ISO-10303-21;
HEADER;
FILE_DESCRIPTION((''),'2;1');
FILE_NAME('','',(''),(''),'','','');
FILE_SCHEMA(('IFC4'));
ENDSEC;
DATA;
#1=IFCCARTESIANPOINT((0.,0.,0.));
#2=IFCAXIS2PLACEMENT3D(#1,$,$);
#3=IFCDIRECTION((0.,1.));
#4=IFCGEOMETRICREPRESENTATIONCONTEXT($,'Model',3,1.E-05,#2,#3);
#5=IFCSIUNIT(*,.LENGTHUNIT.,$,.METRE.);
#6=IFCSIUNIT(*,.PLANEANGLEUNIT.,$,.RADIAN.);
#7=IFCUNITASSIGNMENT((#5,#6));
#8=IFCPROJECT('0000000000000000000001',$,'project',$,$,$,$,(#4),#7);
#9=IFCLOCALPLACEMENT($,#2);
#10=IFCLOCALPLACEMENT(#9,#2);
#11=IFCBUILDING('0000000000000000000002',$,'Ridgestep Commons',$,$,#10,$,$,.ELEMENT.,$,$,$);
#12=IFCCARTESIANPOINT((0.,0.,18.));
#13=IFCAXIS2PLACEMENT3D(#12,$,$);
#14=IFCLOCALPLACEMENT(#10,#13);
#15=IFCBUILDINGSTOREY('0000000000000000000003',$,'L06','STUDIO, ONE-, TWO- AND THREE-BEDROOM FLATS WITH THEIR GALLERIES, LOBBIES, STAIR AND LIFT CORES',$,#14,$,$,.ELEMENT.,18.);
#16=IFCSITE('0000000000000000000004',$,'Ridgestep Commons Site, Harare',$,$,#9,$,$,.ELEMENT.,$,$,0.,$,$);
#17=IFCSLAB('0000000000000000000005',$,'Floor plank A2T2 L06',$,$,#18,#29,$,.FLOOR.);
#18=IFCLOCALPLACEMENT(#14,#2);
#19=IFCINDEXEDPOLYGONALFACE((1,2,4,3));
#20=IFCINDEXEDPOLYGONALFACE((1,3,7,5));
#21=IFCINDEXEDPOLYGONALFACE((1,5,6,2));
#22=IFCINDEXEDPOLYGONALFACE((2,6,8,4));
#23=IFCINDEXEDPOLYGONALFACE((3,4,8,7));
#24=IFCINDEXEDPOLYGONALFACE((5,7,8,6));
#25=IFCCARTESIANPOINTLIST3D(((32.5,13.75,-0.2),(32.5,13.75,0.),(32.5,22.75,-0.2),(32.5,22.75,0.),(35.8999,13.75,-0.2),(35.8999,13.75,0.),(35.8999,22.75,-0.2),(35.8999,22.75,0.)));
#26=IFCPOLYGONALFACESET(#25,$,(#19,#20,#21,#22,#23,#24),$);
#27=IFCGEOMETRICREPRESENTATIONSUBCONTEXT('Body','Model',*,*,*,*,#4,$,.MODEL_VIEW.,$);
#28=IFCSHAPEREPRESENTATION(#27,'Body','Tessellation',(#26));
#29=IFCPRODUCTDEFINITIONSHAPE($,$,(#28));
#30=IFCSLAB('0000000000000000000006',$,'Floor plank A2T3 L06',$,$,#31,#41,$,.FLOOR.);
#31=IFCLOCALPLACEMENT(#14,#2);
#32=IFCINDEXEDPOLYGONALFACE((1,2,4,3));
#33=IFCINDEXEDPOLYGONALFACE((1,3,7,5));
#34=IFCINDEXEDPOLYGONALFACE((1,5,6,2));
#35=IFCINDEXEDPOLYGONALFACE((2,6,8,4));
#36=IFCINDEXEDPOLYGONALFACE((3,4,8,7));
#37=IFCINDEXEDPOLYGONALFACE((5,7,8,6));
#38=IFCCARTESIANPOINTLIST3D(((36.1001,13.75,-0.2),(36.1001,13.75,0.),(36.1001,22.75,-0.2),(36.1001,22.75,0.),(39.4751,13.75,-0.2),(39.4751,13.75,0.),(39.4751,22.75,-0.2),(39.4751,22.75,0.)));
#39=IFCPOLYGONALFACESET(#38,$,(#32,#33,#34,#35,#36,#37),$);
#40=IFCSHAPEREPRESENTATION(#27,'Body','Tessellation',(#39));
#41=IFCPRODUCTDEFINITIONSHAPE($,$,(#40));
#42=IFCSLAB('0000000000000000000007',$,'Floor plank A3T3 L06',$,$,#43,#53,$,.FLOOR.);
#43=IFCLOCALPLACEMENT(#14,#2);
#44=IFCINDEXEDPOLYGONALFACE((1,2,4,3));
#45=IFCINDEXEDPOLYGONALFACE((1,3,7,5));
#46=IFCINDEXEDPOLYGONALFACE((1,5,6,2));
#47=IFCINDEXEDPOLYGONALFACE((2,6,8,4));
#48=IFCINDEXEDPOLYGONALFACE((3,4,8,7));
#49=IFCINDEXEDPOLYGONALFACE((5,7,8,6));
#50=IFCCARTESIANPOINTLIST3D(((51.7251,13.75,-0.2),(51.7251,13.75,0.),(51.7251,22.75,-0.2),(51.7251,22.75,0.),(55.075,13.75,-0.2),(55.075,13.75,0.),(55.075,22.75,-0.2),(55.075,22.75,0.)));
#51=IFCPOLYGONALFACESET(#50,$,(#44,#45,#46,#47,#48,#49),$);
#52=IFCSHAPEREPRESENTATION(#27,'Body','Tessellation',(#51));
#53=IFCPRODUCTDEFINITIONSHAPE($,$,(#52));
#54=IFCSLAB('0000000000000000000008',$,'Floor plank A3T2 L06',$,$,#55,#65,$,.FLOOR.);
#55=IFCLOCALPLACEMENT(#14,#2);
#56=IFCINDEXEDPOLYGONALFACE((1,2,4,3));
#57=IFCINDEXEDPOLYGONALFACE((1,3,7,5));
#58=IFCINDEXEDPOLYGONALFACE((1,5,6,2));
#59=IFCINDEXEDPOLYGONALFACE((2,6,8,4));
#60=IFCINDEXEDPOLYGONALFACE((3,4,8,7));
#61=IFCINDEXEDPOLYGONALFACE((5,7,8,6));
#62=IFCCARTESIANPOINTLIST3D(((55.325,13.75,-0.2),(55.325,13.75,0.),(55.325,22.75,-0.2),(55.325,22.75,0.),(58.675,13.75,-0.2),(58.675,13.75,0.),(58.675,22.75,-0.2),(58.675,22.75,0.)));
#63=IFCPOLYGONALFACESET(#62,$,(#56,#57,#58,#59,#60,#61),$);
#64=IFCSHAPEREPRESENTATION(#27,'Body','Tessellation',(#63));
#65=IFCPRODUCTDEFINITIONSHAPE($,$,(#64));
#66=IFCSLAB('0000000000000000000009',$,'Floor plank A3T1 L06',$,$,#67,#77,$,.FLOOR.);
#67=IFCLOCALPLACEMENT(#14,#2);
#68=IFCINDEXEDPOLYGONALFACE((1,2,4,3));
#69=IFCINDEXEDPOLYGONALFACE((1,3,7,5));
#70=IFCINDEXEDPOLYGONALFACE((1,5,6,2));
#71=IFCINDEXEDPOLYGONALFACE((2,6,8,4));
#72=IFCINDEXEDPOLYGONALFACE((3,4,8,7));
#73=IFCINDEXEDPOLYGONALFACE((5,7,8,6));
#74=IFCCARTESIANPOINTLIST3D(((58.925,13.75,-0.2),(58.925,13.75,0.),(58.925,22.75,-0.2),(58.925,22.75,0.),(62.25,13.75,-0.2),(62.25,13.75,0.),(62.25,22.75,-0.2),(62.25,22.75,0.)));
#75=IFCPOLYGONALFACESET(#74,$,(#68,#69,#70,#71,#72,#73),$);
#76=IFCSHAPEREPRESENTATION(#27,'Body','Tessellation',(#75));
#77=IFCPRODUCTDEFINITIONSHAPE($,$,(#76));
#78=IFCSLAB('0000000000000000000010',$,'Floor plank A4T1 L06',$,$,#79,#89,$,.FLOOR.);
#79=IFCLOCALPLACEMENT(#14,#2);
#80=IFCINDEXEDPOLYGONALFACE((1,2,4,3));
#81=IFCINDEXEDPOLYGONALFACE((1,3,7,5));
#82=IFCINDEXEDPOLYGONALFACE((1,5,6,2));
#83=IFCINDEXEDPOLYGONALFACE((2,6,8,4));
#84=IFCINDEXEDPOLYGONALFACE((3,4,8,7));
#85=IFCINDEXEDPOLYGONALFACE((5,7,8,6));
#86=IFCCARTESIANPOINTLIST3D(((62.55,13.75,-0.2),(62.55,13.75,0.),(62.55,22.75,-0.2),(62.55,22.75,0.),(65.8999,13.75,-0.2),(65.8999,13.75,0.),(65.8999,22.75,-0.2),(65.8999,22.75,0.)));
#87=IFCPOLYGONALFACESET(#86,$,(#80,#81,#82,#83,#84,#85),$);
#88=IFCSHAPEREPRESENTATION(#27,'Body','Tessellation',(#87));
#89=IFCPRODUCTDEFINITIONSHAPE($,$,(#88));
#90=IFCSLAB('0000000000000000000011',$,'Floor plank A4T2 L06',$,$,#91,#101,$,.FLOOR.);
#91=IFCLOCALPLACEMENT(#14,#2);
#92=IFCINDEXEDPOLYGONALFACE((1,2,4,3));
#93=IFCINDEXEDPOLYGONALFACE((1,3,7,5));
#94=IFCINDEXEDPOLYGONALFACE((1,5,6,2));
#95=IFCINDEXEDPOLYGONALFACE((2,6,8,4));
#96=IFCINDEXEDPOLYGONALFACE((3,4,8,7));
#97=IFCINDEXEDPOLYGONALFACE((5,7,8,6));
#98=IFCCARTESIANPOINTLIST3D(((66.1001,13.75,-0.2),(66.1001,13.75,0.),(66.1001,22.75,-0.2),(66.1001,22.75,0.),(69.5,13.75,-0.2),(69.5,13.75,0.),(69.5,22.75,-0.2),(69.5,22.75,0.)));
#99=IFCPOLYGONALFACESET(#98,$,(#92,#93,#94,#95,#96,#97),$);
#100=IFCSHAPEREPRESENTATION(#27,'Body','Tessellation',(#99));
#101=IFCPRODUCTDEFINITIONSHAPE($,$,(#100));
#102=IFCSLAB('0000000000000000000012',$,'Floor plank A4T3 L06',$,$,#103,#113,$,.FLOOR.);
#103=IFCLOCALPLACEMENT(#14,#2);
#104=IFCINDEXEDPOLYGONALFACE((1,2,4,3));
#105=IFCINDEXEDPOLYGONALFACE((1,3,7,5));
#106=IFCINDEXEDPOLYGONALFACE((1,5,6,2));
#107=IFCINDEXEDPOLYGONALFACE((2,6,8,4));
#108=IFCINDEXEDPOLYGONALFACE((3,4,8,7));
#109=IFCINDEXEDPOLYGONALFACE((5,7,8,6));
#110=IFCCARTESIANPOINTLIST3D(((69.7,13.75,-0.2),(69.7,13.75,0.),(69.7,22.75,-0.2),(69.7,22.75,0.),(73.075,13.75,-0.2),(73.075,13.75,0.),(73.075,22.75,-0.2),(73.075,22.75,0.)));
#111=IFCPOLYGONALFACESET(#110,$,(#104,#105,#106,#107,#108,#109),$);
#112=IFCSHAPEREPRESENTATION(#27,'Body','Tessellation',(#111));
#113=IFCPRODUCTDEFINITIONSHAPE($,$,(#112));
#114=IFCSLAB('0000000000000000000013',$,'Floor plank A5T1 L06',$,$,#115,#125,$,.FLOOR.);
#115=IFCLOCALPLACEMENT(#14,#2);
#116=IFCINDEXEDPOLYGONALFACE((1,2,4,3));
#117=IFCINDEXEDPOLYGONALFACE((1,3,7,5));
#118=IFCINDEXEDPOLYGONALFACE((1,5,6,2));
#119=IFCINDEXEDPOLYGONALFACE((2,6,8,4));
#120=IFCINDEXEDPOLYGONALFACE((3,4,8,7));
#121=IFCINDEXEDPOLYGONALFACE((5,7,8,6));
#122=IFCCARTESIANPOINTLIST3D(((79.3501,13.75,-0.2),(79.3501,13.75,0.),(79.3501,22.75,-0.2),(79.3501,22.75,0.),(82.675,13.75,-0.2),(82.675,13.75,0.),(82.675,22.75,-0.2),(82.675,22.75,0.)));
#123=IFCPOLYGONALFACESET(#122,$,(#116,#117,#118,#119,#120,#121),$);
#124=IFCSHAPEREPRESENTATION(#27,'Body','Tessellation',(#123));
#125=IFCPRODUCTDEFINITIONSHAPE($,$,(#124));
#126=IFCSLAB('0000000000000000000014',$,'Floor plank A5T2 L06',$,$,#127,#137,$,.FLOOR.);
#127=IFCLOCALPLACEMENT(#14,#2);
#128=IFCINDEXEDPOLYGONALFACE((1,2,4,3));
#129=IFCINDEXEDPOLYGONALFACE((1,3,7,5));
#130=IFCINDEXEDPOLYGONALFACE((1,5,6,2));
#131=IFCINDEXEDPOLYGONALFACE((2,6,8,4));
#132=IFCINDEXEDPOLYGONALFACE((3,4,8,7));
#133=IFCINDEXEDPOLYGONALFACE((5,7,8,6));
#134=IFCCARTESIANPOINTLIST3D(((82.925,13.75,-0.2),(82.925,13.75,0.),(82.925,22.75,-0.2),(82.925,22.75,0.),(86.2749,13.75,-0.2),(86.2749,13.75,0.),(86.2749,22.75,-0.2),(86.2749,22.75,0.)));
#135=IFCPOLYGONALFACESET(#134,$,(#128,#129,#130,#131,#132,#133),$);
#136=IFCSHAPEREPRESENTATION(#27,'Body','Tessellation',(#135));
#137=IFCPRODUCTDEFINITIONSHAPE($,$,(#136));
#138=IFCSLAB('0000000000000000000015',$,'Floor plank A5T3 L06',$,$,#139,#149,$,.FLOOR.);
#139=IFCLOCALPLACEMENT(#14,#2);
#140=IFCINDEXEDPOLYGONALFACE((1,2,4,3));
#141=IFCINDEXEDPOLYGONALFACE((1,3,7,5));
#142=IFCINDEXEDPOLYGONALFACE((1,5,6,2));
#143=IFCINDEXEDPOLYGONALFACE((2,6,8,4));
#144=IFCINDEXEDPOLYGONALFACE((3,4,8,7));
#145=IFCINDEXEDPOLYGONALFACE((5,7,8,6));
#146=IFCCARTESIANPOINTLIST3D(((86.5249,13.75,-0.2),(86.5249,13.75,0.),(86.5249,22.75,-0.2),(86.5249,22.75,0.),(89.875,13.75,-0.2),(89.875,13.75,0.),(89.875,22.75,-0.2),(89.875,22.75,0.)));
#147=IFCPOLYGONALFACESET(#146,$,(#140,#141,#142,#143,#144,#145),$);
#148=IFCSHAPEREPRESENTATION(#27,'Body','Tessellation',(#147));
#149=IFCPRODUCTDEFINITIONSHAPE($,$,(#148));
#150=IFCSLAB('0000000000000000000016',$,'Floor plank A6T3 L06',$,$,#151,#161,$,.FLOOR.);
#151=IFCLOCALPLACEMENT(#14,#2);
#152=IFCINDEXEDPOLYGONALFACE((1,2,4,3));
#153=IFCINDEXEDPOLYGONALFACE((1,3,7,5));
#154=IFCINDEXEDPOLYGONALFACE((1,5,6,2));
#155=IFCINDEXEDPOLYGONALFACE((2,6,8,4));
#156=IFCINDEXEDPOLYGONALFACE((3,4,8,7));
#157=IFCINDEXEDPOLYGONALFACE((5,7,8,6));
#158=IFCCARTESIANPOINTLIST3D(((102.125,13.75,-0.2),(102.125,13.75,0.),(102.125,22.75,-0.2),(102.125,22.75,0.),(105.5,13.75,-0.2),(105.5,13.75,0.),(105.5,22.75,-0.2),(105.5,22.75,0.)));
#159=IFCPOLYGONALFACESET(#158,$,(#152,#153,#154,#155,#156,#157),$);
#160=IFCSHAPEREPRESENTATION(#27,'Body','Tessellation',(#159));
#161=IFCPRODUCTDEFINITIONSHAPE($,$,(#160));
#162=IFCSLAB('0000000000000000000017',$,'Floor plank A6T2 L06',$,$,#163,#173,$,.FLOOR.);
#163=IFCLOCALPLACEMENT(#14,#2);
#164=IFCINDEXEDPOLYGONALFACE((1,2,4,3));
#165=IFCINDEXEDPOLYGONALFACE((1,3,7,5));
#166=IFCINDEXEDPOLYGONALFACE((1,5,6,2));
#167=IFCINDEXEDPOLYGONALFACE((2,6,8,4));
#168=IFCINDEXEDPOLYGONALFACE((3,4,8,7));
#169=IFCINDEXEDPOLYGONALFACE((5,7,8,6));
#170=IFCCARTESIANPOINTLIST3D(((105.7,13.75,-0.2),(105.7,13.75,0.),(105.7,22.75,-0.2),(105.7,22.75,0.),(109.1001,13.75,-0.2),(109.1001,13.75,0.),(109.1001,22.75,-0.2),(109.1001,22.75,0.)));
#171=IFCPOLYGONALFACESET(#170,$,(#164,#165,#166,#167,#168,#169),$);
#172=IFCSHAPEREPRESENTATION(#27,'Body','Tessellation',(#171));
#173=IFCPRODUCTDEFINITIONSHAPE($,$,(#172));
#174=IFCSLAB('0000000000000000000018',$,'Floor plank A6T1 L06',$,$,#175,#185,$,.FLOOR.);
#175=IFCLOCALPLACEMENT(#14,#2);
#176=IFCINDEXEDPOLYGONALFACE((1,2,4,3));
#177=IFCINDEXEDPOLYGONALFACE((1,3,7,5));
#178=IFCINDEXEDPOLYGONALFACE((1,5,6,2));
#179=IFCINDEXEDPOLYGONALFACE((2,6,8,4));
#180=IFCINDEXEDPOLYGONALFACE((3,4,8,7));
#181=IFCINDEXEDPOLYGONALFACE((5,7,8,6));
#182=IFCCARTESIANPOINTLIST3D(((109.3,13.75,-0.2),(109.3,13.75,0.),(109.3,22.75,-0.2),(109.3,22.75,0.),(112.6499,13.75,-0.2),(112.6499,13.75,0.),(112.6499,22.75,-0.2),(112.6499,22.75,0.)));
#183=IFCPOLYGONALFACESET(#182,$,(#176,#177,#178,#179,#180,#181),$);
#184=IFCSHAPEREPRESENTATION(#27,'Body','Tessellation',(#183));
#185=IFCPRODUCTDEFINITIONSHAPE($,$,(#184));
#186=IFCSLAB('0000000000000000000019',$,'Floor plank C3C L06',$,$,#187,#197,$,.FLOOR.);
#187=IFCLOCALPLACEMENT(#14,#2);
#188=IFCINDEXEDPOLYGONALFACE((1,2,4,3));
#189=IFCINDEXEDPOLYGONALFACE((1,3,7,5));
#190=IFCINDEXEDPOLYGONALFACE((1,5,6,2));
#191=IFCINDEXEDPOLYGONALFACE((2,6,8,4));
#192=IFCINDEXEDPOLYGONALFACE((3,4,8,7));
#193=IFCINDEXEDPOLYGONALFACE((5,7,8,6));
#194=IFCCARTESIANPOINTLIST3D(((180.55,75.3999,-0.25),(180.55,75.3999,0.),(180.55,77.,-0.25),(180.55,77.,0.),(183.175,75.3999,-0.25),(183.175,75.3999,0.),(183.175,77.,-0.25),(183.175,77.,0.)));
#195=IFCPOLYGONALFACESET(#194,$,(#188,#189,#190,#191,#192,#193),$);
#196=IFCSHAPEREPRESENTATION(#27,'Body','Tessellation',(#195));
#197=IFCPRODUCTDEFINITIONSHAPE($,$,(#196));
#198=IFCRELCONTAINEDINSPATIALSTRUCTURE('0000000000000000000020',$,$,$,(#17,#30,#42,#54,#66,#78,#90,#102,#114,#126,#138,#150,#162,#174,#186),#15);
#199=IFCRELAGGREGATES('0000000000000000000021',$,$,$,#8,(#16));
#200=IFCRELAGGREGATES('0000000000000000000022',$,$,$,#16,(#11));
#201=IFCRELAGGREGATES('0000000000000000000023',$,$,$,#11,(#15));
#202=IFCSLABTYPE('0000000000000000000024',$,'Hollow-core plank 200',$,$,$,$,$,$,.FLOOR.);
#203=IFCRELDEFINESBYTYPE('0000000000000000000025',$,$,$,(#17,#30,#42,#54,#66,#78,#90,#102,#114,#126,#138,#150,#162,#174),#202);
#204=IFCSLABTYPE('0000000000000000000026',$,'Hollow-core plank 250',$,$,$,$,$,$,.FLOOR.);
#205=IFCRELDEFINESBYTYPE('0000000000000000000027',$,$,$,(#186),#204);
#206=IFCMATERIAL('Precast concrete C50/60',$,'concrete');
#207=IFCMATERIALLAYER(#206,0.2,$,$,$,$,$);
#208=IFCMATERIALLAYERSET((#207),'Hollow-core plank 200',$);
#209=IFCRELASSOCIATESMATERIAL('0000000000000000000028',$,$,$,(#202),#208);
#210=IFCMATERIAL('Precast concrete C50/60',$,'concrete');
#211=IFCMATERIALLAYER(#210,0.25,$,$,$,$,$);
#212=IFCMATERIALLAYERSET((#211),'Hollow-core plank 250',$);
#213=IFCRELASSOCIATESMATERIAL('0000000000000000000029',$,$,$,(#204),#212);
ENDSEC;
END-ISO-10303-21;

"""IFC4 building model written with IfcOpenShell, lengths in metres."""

from ifc_helpers import new_model, si_unit, direction, frame, origin, place, context, subcontext, project, spatial, polyline, outline, extrude, material, layer, layer_set, type_object, element, save


model = new_model("IFC4")

# Units and contexts
model_context = context("Model", 3, precision=1e-05, world=origin(), true_north=direction((0.0, 1.0)))
body_context = subcontext(model_context, "Body", "Model", "MODEL_VIEW")
ifc_project = project(units=[si_unit("LENGTHUNIT", "METRE"), si_unit("PLANEANGLEUNIT", "RADIAN")], contexts=[model_context])

# Site, building, storey
site_placement = place(None, origin())
site = spatial("IfcSite", under=ifc_project, at=site_placement, Name="Ridgestep Commons Site, Harare", CompositionType="ELEMENT", RefElevation=0.0)
building_placement = place(site_placement, origin())
building = spatial("IfcBuilding", under=site, at=building_placement, Name="Ridgestep Commons", CompositionType="ELEMENT")
storey_placement = place(building_placement, frame((0.0, 0.0, 18.0)))
storey = spatial("IfcBuildingStorey", under=building, at=storey_placement, Name="L06", Description="STUDIO, ONE-, TWO- AND THREE-BEDROOM FLATS WITH THEIR GALLERIES, LOBBIES, STAIR AND LIFT CORES", CompositionType="ELEMENT", Elevation=18.0)

# Slabs
ifc_material_1 = material(Name="Precast concrete C50/60", Category="concrete")
ifc_layer_1 = layer(ifc_material_1, 0.2)
ifc_layer_set_1 = layer_set([ifc_layer_1], Name="Hollow-core plank 200")
slab_type_1 = type_object("IfcSlabType", Name="Hollow-core plank 200", PredefinedType="FLOOR", material=ifc_layer_set_1)
slab_1_placement = place(storey_placement, frame((0.0, 0.0, -0.2)))
element("IfcSlab", 1, at=slab_1_placement, inside=storey, type_object=slab_type_1, Name="Floor plank A2T2 L06", PredefinedType="FLOOR", context=body_context, shape_type="SweptSolid", body=[
    extrude(outline(polyline([(35.8999, 13.75), (35.8999, 22.75), (32.5, 22.75), (32.5, 13.75), (35.8999, 13.75)])), origin(), (0.0, 0.0, 1.0), 0.2),
])
slab_2_placement = place(storey_placement, frame((0.0, 0.0, -0.2)))
element("IfcSlab", 2, at=slab_2_placement, inside=storey, type_object=slab_type_1, Name="Floor plank A2T3 L06", PredefinedType="FLOOR", context=body_context, shape_type="SweptSolid", body=[
    extrude(outline(polyline([(39.4751, 13.75), (39.4751, 22.75), (36.1001, 22.75), (36.1001, 13.75), (39.4751, 13.75)])), origin(), (0.0, 0.0, 1.0), 0.2),
])
slab_3_placement = place(storey_placement, frame((0.0, 0.0, -0.2)))
element("IfcSlab", 3, at=slab_3_placement, inside=storey, type_object=slab_type_1, Name="Floor plank A3T3 L06", PredefinedType="FLOOR", context=body_context, shape_type="SweptSolid", body=[
    extrude(outline(polyline([(55.075, 13.75), (55.075, 22.75), (51.7251, 22.75), (51.7251, 13.75), (55.075, 13.75)])), origin(), (0.0, 0.0, 1.0), 0.2),
])
slab_4_placement = place(storey_placement, frame((0.0, 0.0, -0.2)))
element("IfcSlab", 4, at=slab_4_placement, inside=storey, type_object=slab_type_1, Name="Floor plank A3T2 L06", PredefinedType="FLOOR", context=body_context, shape_type="SweptSolid", body=[
    extrude(outline(polyline([(58.675, 13.75), (58.675, 22.75), (55.325, 22.75), (55.325, 13.75), (58.675, 13.75)])), origin(), (0.0, 0.0, 1.0), 0.2),
])
slab_5_placement = place(storey_placement, frame((0.0, 0.0, -0.2)))
element("IfcSlab", 5, at=slab_5_placement, inside=storey, type_object=slab_type_1, Name="Floor plank A3T1 L06", PredefinedType="FLOOR", context=body_context, shape_type="SweptSolid", body=[
    extrude(outline(polyline([(62.25, 13.75), (62.25, 22.75), (58.925, 22.75), (58.925, 13.75), (62.25, 13.75)])), origin(), (0.0, 0.0, 1.0), 0.2),
])
slab_6_placement = place(storey_placement, frame((0.0, 0.0, -0.2)))
element("IfcSlab", 6, at=slab_6_placement, inside=storey, type_object=slab_type_1, Name="Floor plank A4T1 L06", PredefinedType="FLOOR", context=body_context, shape_type="SweptSolid", body=[
    extrude(outline(polyline([(65.8999, 13.75), (65.8999, 22.75), (62.55, 22.75), (62.55, 13.75), (65.8999, 13.75)])), origin(), (0.0, 0.0, 1.0), 0.2),
])
slab_7_placement = place(storey_placement, frame((0.0, 0.0, -0.2)))
element("IfcSlab", 7, at=slab_7_placement, inside=storey, type_object=slab_type_1, Name="Floor plank A4T2 L06", PredefinedType="FLOOR", context=body_context, shape_type="SweptSolid", body=[
    extrude(outline(polyline([(69.5, 13.75), (69.5, 22.75), (66.1001, 22.75), (66.1001, 13.75), (69.5, 13.75)])), origin(), (0.0, 0.0, 1.0), 0.2),
])
slab_8_placement = place(storey_placement, frame((0.0, 0.0, -0.2)))
element("IfcSlab", 8, at=slab_8_placement, inside=storey, type_object=slab_type_1, Name="Floor plank A4T3 L06", PredefinedType="FLOOR", context=body_context, shape_type="SweptSolid", body=[
    extrude(outline(polyline([(73.075, 13.75), (73.075, 22.75), (69.7, 22.75), (69.7, 13.75), (73.075, 13.75)])), origin(), (0.0, 0.0, 1.0), 0.2),
])
slab_9_placement = place(storey_placement, frame((0.0, 0.0, -0.2)))
element("IfcSlab", 9, at=slab_9_placement, inside=storey, type_object=slab_type_1, Name="Floor plank A5T1 L06", PredefinedType="FLOOR", context=body_context, shape_type="SweptSolid", body=[
    extrude(outline(polyline([(82.675, 13.75), (82.675, 22.75), (79.3501, 22.75), (79.3501, 13.75), (82.675, 13.75)])), origin(), (0.0, 0.0, 1.0), 0.2),
])
slab_10_placement = place(storey_placement, frame((0.0, 0.0, -0.2)))
element("IfcSlab", 10, at=slab_10_placement, inside=storey, type_object=slab_type_1, Name="Floor plank A5T2 L06", PredefinedType="FLOOR", context=body_context, shape_type="SweptSolid", body=[
    extrude(outline(polyline([(86.2749, 13.75), (86.2749, 22.75), (82.925, 22.75), (82.925, 13.75), (86.2749, 13.75)])), origin(), (0.0, 0.0, 1.0), 0.2),
])
slab_11_placement = place(storey_placement, frame((0.0, 0.0, -0.2)))
element("IfcSlab", 11, at=slab_11_placement, inside=storey, type_object=slab_type_1, Name="Floor plank A5T3 L06", PredefinedType="FLOOR", context=body_context, shape_type="SweptSolid", body=[
    extrude(outline(polyline([(89.875, 13.75), (89.875, 22.75), (86.5249, 22.75), (86.5249, 13.75), (89.875, 13.75)])), origin(), (0.0, 0.0, 1.0), 0.2),
])
slab_12_placement = place(storey_placement, frame((0.0, 0.0, -0.2)))
element("IfcSlab", 12, at=slab_12_placement, inside=storey, type_object=slab_type_1, Name="Floor plank A6T3 L06", PredefinedType="FLOOR", context=body_context, shape_type="SweptSolid", body=[
    extrude(outline(polyline([(105.5, 13.75), (105.5, 22.75), (102.125, 22.75), (102.125, 13.75), (105.5, 13.75)])), origin(), (0.0, 0.0, 1.0), 0.2),
])
slab_13_placement = place(storey_placement, frame((0.0, 0.0, -0.2)))
element("IfcSlab", 13, at=slab_13_placement, inside=storey, type_object=slab_type_1, Name="Floor plank A6T2 L06", PredefinedType="FLOOR", context=body_context, shape_type="SweptSolid", body=[
    extrude(outline(polyline([(109.1001, 13.75), (109.1001, 22.75), (105.7, 22.75), (105.7, 13.75), (109.1001, 13.75)])), origin(), (0.0, 0.0, 1.0), 0.2),
])
slab_14_placement = place(storey_placement, frame((0.0, 0.0, -0.2)))
element("IfcSlab", 14, at=slab_14_placement, inside=storey, type_object=slab_type_1, Name="Floor plank A6T1 L06", PredefinedType="FLOOR", context=body_context, shape_type="SweptSolid", body=[
    extrude(outline(polyline([(112.6499, 13.75), (112.6499, 22.75), (109.3, 22.75), (109.3, 13.75), (112.6499, 13.75)])), origin(), (0.0, 0.0, 1.0), 0.2),
])
ifc_material_2 = material(Name="Precast concrete C50/60", Category="concrete")
ifc_layer_2 = layer(ifc_material_2, 0.25)
ifc_layer_set_2 = layer_set([ifc_layer_2], Name="Hollow-core plank 250")
slab_type_2 = type_object("IfcSlabType", Name="Hollow-core plank 250", PredefinedType="FLOOR", material=ifc_layer_set_2)
slab_15_placement = place(storey_placement, frame((0.0, 0.0, -0.25)))
element("IfcSlab", 15, at=slab_15_placement, inside=storey, type_object=slab_type_2, Name="Floor plank C3C L06", PredefinedType="FLOOR", context=body_context, shape_type="SweptSolid", body=[
    extrude(outline(polyline([(183.175, 77.0), (180.55, 77.0), (180.55, 75.3999), (183.175, 75.3999), (183.175, 77.0)])), origin(), (0.0, 0.0, 1.0), 0.25),
])

save(model, "model.ifc")
